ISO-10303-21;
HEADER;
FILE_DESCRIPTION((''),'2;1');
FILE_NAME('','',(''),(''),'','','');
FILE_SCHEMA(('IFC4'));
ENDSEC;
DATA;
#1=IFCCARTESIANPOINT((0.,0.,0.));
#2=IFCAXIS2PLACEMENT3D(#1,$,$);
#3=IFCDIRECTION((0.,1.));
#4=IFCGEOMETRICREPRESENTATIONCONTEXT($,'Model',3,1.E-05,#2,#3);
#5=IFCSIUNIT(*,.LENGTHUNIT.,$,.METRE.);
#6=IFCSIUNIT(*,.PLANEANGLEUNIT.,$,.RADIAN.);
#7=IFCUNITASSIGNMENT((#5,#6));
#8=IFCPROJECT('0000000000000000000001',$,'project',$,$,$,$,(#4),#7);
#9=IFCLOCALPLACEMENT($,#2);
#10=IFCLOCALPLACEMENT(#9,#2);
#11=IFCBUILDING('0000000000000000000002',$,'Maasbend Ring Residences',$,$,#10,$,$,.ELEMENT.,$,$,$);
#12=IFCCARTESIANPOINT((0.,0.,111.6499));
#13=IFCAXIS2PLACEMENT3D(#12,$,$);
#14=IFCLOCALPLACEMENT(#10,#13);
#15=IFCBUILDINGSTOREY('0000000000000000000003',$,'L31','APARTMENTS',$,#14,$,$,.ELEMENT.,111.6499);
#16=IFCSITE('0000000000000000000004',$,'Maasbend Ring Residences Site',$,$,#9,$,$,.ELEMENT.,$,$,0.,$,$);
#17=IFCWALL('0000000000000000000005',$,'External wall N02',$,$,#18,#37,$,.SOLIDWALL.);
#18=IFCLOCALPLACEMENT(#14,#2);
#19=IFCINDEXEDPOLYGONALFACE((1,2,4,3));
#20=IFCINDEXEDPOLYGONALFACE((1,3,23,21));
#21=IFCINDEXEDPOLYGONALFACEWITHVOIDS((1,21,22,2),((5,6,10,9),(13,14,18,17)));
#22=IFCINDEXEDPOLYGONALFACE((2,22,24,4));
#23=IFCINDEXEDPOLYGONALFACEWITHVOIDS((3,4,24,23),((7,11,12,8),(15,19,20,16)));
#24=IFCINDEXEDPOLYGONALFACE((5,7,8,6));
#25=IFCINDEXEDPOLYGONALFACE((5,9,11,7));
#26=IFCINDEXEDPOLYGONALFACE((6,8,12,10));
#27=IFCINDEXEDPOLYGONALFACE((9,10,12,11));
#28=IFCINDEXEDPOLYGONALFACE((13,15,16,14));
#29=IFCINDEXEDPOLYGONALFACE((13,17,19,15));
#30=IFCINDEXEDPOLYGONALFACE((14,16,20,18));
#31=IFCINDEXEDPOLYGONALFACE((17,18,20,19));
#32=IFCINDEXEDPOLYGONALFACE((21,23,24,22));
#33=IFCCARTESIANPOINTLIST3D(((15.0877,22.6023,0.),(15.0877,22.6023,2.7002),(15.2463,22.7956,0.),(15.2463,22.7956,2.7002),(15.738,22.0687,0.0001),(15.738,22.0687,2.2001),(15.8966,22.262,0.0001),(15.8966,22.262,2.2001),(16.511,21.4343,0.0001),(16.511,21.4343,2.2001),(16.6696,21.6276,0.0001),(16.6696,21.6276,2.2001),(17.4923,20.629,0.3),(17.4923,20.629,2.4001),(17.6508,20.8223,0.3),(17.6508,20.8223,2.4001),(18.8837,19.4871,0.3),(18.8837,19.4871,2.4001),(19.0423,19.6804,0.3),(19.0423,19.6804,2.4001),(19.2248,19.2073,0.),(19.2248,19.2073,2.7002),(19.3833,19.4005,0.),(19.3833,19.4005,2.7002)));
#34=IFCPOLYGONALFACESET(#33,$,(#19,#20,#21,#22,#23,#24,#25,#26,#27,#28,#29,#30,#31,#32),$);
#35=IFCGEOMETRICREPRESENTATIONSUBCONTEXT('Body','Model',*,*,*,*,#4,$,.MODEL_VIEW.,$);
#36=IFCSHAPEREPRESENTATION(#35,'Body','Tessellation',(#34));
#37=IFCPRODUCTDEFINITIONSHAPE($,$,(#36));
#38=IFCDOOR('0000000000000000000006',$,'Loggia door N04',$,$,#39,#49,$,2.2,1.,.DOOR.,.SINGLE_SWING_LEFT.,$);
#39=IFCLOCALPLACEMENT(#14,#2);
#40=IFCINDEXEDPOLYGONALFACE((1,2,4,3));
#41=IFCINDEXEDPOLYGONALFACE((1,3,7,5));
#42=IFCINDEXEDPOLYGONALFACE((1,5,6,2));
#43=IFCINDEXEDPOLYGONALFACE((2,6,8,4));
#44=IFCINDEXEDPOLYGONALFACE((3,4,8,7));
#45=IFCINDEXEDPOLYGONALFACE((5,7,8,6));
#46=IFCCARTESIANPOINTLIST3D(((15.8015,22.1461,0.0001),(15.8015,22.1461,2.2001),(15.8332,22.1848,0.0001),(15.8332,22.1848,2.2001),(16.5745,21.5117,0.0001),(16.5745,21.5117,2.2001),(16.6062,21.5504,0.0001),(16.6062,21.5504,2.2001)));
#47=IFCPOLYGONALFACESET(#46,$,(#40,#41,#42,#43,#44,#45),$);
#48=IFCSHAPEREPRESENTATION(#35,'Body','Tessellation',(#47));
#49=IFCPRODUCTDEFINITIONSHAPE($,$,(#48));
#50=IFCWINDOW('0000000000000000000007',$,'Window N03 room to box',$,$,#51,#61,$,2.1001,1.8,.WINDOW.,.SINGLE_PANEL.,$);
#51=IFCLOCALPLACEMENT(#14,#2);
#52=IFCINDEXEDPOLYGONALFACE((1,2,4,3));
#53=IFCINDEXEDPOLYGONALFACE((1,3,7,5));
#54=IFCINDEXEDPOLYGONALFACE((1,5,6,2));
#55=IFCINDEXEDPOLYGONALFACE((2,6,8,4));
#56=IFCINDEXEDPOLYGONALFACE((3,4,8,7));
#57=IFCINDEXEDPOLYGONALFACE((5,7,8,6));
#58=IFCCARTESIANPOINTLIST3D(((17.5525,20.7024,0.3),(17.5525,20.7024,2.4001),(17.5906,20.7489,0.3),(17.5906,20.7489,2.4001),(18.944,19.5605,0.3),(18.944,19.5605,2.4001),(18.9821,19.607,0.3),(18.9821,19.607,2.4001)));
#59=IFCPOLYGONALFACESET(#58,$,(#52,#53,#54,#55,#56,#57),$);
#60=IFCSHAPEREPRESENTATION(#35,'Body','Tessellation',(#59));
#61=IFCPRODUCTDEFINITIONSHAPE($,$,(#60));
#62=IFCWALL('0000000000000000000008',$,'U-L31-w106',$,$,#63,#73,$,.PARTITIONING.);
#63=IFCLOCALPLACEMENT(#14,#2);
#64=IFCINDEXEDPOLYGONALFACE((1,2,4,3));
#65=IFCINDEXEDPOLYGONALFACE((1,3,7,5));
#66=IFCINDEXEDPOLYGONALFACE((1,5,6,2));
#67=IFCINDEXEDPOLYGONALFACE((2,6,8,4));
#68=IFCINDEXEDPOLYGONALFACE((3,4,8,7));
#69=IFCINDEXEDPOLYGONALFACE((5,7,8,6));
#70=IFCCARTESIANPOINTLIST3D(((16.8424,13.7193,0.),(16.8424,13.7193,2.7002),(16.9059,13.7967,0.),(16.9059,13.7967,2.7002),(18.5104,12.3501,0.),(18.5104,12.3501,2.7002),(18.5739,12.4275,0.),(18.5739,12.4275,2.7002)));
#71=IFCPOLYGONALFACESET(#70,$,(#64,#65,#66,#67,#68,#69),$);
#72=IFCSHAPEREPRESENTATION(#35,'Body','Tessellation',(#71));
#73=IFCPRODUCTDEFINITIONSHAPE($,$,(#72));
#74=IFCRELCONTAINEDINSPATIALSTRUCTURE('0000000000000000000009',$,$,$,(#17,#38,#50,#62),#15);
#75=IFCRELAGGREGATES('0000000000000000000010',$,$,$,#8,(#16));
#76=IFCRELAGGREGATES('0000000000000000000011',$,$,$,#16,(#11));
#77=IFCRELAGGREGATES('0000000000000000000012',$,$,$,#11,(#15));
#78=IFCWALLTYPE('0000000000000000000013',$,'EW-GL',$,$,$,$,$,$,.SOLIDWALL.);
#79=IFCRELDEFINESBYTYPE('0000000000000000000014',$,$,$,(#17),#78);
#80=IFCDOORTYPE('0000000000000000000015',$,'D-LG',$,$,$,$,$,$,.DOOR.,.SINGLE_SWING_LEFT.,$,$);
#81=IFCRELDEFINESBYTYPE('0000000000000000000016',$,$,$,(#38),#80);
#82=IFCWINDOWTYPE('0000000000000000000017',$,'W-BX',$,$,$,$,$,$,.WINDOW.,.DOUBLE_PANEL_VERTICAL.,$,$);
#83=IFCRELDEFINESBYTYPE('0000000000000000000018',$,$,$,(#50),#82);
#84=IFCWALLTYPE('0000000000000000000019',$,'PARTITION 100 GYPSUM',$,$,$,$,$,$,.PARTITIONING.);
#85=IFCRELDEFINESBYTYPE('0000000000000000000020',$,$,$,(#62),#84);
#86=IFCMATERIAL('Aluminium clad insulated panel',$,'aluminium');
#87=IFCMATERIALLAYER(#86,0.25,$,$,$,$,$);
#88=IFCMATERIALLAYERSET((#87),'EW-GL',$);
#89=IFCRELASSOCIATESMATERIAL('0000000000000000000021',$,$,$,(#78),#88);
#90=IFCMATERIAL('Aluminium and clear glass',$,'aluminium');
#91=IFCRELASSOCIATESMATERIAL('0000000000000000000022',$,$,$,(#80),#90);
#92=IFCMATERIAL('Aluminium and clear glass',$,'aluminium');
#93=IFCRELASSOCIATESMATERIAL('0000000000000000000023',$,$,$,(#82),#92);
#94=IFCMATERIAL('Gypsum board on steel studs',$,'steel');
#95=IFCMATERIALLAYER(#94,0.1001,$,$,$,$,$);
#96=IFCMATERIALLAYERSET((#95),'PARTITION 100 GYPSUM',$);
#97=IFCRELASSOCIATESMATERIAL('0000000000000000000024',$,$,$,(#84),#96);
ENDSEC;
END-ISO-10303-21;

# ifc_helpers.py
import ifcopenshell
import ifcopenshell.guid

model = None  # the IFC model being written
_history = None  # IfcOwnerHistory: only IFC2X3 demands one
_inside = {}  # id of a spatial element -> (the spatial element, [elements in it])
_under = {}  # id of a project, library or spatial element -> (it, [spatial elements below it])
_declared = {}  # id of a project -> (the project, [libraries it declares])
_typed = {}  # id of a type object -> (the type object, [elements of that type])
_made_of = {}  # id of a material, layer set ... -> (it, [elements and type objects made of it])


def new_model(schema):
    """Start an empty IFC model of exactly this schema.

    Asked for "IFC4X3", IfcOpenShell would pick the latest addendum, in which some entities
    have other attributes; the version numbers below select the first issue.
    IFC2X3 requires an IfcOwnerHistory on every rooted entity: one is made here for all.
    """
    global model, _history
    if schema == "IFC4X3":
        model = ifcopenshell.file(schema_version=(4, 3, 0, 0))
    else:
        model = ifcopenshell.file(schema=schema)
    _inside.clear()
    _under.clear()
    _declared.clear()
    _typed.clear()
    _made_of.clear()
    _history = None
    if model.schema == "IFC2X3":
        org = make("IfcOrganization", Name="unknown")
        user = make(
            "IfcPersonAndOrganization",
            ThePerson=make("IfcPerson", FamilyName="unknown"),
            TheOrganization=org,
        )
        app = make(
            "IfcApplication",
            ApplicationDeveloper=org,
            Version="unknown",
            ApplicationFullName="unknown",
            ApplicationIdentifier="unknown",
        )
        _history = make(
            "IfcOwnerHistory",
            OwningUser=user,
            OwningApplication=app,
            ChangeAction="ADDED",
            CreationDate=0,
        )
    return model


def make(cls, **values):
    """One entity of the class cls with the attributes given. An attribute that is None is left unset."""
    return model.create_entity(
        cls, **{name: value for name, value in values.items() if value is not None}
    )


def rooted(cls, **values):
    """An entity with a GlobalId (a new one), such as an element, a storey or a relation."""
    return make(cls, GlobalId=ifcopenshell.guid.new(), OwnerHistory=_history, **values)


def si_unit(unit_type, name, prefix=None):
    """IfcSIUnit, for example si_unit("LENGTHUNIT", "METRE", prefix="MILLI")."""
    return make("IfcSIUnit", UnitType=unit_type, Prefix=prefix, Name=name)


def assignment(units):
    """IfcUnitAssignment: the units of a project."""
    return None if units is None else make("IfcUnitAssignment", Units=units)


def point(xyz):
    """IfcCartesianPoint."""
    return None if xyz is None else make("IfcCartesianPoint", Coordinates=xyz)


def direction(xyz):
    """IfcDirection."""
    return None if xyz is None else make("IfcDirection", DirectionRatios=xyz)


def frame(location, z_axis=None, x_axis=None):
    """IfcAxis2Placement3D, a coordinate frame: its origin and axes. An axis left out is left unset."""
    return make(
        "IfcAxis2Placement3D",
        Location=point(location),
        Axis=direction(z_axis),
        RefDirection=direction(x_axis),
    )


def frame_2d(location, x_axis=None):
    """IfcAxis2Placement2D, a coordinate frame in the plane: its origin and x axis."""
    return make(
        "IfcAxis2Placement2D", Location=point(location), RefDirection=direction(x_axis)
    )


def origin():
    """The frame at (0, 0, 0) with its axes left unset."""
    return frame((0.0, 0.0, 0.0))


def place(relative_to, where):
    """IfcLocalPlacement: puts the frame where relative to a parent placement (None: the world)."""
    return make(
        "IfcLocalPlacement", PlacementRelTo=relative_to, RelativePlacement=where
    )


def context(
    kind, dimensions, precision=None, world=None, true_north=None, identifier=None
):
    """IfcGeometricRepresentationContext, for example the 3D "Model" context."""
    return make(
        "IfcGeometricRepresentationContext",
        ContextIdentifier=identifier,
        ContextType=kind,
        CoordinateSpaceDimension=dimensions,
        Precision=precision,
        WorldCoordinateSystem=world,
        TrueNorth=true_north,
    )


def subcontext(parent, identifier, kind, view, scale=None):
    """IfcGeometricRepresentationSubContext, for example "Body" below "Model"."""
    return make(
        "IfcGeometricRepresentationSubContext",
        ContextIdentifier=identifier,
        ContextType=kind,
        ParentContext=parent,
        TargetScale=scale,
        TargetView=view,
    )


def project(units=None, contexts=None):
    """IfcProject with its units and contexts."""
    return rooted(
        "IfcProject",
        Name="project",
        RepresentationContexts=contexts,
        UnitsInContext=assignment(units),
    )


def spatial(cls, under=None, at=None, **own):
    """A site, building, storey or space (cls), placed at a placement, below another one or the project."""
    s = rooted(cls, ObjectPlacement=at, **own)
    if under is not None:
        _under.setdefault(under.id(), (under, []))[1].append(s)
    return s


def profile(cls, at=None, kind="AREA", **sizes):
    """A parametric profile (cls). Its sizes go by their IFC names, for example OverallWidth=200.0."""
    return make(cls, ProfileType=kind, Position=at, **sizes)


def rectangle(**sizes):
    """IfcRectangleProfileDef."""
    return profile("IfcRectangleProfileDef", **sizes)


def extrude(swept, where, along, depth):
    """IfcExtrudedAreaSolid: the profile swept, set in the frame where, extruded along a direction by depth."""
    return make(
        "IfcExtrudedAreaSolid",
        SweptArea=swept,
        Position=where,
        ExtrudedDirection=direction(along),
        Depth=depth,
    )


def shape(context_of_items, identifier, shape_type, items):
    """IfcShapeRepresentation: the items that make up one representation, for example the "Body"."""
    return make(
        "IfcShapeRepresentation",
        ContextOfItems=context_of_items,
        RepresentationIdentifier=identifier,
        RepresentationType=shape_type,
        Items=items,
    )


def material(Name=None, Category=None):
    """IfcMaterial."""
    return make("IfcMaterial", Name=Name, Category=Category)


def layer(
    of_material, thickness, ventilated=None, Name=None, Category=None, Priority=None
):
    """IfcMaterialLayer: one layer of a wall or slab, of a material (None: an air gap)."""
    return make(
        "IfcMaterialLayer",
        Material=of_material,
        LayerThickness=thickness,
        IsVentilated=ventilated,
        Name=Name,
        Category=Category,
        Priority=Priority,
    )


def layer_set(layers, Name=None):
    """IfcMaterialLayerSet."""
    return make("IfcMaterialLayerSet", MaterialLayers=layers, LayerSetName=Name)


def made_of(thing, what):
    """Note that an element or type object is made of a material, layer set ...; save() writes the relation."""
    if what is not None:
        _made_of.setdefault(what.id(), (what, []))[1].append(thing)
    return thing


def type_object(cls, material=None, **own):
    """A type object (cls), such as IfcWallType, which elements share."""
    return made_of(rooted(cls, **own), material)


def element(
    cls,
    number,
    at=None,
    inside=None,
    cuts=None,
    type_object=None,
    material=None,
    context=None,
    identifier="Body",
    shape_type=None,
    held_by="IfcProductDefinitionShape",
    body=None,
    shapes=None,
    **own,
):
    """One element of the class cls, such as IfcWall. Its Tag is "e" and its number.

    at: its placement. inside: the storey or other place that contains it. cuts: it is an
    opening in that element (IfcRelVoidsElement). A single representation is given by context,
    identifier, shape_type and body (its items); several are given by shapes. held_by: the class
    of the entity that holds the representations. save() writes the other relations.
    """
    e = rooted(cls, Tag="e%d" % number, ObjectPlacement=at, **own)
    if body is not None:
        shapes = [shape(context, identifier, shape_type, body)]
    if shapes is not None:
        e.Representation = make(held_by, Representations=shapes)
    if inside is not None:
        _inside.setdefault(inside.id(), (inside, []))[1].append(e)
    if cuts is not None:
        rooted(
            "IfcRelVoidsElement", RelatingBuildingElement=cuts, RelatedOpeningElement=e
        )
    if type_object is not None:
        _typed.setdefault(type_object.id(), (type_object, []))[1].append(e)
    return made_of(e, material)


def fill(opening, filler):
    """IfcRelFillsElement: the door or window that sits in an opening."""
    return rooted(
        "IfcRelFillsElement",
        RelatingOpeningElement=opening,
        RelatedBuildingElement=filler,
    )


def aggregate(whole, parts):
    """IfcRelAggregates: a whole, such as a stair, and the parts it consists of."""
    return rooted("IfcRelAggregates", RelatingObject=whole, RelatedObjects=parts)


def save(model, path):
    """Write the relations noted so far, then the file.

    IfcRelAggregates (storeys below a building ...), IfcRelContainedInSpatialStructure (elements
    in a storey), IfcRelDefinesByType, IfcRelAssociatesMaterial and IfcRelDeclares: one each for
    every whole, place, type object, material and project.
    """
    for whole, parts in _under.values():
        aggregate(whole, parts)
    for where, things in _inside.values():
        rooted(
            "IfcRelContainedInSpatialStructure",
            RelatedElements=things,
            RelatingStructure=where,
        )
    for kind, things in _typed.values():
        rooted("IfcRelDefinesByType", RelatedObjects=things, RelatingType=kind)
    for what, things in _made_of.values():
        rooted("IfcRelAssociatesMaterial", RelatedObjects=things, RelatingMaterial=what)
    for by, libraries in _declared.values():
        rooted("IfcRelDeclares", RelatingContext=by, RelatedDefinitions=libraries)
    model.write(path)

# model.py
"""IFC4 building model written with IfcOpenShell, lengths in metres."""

from ifc_helpers import new_model, si_unit, direction, frame, frame_2d, origin, place, context, subcontext, project, spatial, rectangle, extrude, material, layer, layer_set, type_object, element, fill, save


model = new_model("IFC4")

# Units and contexts
model_context = context("Model", 3, precision=1e-05, world=origin(), true_north=direction((0.0, 1.0)))
body_context = subcontext(model_context, "Body", "Model", "MODEL_VIEW")
ifc_project = project(units=[si_unit("LENGTHUNIT", "METRE"), si_unit("PLANEANGLEUNIT", "RADIAN")], contexts=[model_context])

# Site, building, storey
site_placement = place(None, origin())
site = spatial("IfcSite", under=ifc_project, at=site_placement, Name="Maasbend Ring Residences Site", CompositionType="ELEMENT", RefElevation=0.0)
building_placement = place(site_placement, origin())
building = spatial("IfcBuilding", under=site, at=building_placement, Name="Maasbend Ring Residences", CompositionType="ELEMENT")
storey_placement = place(building_placement, frame((0.0, 0.0, 111.6499)))
storey = spatial("IfcBuildingStorey", under=building, at=storey_placement, Name="L31", Description="APARTMENTS", CompositionType="ELEMENT", Elevation=111.6499)

# Wall, openings, door, window
ifc_material_1 = material(Name="Aluminium clad insulated panel", Category="aluminium")
ifc_layer_1 = layer(ifc_material_1, 0.25)
ifc_layer_set_1 = layer_set([ifc_layer_1], Name="EW-GL")
wall_type_1 = type_object("IfcWallType", Name="EW-GL", PredefinedType="SOLIDWALL", material=ifc_layer_set_1)
ifc_material_2 = material(Name="Aluminium and clear glass", Category="aluminium")
door_type = type_object("IfcDoorType", Name="D-LG", OperationType="SINGLE_SWING_LEFT", PredefinedType="DOOR", material=ifc_material_2)
ifc_material_3 = material(Name="Aluminium and clear glass", Category="aluminium")
window_type_1 = type_object("IfcWindowType", Name="W-BX", PartitioningType="DOUBLE_PANEL_VERTICAL", PredefinedType="WINDOW", material=ifc_material_3)
wall_1_placement = place(storey_placement, frame((19.304, 19.304, 0.0), z_axis=(0.0, 0.0, 1.0), x_axis=(-0.773019, 0.634382, 0.0)))
wall_1 = element("IfcWall", 1, at=wall_1_placement, inside=storey, type_object=wall_type_1, Name="External wall N02", PredefinedType="SOLIDWALL", context=body_context, shape_type="SweptSolid", body=[
    extrude(rectangle(XDim=5.3518, YDim=0.25, at=frame_2d((2.6758, 0.0))), origin(), (0.0, 0.0, 1.0), 2.7002),
])
opening_1_placement = place(wall_1_placement, frame((0.4412, 0.0, 0.3)))
opening_1 = element("IfcOpeningElement", 2, at=opening_1_placement, cuts=wall_1, PredefinedType="OPENING", context=body_context, shape_type="SweptSolid", body=[
    extrude(rectangle(XDim=1.8, YDim=2.1001, at=frame_2d((0.8999, 1.05))), frame((0.0, 0.135, 0.0), z_axis=(0.0, -1.0, 0.0), x_axis=(1.0, 0.0, 0.0)), (0.0, 0.0, 1.0), 0.27),
])
opening_2_placement = place(wall_1_placement, frame((3.5105, 0.0, 0.0)))
opening_2 = element("IfcOpeningElement", 3, at=opening_2_placement, cuts=wall_1, PredefinedType="OPENING", context=body_context, shape_type="SweptSolid", body=[
    extrude(rectangle(XDim=1.0, YDim=2.2, at=frame_2d((0.5, 1.1001))), frame((0.0, 0.135, 0.0), z_axis=(0.0, -1.0, 0.0), x_axis=(1.0, 0.0, 0.0)), (0.0, 0.0, 1.0), 0.27),
])
door_1_placement = place(opening_2_placement, origin())
door_1 = element("IfcDoor", 4, at=door_1_placement, inside=storey, type_object=door_type, Name="Loggia door N04", OperationType="SINGLE_SWING_LEFT", OverallHeight=2.2, OverallWidth=1.0, PredefinedType="DOOR", context=body_context, shape_type="SweptSolid", body=[
    extrude(rectangle(XDim=1.0, YDim=2.2, at=frame_2d((0.5, 1.1001))), frame((0.0, 0.0249, 0.0), z_axis=(0.0, -1.0, 0.0), x_axis=(1.0, 0.0, 0.0)), (0.0, 0.0, 1.0), 0.05),
])
fill(opening_2, door_1)
window_1_placement = place(opening_1_placement, origin())
window_1 = element("IfcWindow", 5, at=window_1_placement, inside=storey, type_object=window_type_1, Name="Window N03 room to box", OverallHeight=2.1001, OverallWidth=1.8, PartitioningType="SINGLE_PANEL", PredefinedType="WINDOW", context=body_context, shape_type="SweptSolid", body=[
    extrude(rectangle(XDim=1.8, YDim=2.1001, at=frame_2d((0.8999, 1.05))), frame((0.0, 0.03, 0.0), z_axis=(0.0, -1.0, 0.0), x_axis=(1.0, 0.0, 0.0)), (0.0, 0.0, 1.0), 0.0601),
])
fill(opening_1, window_1)

# Wall
ifc_material_4 = material(Name="Gypsum board on steel studs", Category="steel")
ifc_layer_2 = layer(ifc_material_4, 0.1001)
ifc_layer_set_2 = layer_set([ifc_layer_2], Name="PARTITION 100 GYPSUM")
wall_type_2 = type_object("IfcWallType", Name="PARTITION 100 GYPSUM", PredefinedType="PARTITIONING", material=ifc_layer_set_2)
wall_2_placement = place(storey_placement, frame((16.874, 13.7581, 0.0), z_axis=(0.0, 0.0, 1.0), x_axis=(0.772948, -0.634469, 0.0)))
element("IfcWall", 6, at=wall_2_placement, inside=storey, type_object=wall_type_2, Name="U-L31-w106", PredefinedType="PARTITIONING", context=body_context, shape_type="SweptSolid", body=[
    extrude(rectangle(XDim=2.158, YDim=0.1001, at=frame_2d((1.0791, 0.0))), origin(), (0.0, 0.0, 1.0), 2.7002),
])

save(model, "model.ifc")
